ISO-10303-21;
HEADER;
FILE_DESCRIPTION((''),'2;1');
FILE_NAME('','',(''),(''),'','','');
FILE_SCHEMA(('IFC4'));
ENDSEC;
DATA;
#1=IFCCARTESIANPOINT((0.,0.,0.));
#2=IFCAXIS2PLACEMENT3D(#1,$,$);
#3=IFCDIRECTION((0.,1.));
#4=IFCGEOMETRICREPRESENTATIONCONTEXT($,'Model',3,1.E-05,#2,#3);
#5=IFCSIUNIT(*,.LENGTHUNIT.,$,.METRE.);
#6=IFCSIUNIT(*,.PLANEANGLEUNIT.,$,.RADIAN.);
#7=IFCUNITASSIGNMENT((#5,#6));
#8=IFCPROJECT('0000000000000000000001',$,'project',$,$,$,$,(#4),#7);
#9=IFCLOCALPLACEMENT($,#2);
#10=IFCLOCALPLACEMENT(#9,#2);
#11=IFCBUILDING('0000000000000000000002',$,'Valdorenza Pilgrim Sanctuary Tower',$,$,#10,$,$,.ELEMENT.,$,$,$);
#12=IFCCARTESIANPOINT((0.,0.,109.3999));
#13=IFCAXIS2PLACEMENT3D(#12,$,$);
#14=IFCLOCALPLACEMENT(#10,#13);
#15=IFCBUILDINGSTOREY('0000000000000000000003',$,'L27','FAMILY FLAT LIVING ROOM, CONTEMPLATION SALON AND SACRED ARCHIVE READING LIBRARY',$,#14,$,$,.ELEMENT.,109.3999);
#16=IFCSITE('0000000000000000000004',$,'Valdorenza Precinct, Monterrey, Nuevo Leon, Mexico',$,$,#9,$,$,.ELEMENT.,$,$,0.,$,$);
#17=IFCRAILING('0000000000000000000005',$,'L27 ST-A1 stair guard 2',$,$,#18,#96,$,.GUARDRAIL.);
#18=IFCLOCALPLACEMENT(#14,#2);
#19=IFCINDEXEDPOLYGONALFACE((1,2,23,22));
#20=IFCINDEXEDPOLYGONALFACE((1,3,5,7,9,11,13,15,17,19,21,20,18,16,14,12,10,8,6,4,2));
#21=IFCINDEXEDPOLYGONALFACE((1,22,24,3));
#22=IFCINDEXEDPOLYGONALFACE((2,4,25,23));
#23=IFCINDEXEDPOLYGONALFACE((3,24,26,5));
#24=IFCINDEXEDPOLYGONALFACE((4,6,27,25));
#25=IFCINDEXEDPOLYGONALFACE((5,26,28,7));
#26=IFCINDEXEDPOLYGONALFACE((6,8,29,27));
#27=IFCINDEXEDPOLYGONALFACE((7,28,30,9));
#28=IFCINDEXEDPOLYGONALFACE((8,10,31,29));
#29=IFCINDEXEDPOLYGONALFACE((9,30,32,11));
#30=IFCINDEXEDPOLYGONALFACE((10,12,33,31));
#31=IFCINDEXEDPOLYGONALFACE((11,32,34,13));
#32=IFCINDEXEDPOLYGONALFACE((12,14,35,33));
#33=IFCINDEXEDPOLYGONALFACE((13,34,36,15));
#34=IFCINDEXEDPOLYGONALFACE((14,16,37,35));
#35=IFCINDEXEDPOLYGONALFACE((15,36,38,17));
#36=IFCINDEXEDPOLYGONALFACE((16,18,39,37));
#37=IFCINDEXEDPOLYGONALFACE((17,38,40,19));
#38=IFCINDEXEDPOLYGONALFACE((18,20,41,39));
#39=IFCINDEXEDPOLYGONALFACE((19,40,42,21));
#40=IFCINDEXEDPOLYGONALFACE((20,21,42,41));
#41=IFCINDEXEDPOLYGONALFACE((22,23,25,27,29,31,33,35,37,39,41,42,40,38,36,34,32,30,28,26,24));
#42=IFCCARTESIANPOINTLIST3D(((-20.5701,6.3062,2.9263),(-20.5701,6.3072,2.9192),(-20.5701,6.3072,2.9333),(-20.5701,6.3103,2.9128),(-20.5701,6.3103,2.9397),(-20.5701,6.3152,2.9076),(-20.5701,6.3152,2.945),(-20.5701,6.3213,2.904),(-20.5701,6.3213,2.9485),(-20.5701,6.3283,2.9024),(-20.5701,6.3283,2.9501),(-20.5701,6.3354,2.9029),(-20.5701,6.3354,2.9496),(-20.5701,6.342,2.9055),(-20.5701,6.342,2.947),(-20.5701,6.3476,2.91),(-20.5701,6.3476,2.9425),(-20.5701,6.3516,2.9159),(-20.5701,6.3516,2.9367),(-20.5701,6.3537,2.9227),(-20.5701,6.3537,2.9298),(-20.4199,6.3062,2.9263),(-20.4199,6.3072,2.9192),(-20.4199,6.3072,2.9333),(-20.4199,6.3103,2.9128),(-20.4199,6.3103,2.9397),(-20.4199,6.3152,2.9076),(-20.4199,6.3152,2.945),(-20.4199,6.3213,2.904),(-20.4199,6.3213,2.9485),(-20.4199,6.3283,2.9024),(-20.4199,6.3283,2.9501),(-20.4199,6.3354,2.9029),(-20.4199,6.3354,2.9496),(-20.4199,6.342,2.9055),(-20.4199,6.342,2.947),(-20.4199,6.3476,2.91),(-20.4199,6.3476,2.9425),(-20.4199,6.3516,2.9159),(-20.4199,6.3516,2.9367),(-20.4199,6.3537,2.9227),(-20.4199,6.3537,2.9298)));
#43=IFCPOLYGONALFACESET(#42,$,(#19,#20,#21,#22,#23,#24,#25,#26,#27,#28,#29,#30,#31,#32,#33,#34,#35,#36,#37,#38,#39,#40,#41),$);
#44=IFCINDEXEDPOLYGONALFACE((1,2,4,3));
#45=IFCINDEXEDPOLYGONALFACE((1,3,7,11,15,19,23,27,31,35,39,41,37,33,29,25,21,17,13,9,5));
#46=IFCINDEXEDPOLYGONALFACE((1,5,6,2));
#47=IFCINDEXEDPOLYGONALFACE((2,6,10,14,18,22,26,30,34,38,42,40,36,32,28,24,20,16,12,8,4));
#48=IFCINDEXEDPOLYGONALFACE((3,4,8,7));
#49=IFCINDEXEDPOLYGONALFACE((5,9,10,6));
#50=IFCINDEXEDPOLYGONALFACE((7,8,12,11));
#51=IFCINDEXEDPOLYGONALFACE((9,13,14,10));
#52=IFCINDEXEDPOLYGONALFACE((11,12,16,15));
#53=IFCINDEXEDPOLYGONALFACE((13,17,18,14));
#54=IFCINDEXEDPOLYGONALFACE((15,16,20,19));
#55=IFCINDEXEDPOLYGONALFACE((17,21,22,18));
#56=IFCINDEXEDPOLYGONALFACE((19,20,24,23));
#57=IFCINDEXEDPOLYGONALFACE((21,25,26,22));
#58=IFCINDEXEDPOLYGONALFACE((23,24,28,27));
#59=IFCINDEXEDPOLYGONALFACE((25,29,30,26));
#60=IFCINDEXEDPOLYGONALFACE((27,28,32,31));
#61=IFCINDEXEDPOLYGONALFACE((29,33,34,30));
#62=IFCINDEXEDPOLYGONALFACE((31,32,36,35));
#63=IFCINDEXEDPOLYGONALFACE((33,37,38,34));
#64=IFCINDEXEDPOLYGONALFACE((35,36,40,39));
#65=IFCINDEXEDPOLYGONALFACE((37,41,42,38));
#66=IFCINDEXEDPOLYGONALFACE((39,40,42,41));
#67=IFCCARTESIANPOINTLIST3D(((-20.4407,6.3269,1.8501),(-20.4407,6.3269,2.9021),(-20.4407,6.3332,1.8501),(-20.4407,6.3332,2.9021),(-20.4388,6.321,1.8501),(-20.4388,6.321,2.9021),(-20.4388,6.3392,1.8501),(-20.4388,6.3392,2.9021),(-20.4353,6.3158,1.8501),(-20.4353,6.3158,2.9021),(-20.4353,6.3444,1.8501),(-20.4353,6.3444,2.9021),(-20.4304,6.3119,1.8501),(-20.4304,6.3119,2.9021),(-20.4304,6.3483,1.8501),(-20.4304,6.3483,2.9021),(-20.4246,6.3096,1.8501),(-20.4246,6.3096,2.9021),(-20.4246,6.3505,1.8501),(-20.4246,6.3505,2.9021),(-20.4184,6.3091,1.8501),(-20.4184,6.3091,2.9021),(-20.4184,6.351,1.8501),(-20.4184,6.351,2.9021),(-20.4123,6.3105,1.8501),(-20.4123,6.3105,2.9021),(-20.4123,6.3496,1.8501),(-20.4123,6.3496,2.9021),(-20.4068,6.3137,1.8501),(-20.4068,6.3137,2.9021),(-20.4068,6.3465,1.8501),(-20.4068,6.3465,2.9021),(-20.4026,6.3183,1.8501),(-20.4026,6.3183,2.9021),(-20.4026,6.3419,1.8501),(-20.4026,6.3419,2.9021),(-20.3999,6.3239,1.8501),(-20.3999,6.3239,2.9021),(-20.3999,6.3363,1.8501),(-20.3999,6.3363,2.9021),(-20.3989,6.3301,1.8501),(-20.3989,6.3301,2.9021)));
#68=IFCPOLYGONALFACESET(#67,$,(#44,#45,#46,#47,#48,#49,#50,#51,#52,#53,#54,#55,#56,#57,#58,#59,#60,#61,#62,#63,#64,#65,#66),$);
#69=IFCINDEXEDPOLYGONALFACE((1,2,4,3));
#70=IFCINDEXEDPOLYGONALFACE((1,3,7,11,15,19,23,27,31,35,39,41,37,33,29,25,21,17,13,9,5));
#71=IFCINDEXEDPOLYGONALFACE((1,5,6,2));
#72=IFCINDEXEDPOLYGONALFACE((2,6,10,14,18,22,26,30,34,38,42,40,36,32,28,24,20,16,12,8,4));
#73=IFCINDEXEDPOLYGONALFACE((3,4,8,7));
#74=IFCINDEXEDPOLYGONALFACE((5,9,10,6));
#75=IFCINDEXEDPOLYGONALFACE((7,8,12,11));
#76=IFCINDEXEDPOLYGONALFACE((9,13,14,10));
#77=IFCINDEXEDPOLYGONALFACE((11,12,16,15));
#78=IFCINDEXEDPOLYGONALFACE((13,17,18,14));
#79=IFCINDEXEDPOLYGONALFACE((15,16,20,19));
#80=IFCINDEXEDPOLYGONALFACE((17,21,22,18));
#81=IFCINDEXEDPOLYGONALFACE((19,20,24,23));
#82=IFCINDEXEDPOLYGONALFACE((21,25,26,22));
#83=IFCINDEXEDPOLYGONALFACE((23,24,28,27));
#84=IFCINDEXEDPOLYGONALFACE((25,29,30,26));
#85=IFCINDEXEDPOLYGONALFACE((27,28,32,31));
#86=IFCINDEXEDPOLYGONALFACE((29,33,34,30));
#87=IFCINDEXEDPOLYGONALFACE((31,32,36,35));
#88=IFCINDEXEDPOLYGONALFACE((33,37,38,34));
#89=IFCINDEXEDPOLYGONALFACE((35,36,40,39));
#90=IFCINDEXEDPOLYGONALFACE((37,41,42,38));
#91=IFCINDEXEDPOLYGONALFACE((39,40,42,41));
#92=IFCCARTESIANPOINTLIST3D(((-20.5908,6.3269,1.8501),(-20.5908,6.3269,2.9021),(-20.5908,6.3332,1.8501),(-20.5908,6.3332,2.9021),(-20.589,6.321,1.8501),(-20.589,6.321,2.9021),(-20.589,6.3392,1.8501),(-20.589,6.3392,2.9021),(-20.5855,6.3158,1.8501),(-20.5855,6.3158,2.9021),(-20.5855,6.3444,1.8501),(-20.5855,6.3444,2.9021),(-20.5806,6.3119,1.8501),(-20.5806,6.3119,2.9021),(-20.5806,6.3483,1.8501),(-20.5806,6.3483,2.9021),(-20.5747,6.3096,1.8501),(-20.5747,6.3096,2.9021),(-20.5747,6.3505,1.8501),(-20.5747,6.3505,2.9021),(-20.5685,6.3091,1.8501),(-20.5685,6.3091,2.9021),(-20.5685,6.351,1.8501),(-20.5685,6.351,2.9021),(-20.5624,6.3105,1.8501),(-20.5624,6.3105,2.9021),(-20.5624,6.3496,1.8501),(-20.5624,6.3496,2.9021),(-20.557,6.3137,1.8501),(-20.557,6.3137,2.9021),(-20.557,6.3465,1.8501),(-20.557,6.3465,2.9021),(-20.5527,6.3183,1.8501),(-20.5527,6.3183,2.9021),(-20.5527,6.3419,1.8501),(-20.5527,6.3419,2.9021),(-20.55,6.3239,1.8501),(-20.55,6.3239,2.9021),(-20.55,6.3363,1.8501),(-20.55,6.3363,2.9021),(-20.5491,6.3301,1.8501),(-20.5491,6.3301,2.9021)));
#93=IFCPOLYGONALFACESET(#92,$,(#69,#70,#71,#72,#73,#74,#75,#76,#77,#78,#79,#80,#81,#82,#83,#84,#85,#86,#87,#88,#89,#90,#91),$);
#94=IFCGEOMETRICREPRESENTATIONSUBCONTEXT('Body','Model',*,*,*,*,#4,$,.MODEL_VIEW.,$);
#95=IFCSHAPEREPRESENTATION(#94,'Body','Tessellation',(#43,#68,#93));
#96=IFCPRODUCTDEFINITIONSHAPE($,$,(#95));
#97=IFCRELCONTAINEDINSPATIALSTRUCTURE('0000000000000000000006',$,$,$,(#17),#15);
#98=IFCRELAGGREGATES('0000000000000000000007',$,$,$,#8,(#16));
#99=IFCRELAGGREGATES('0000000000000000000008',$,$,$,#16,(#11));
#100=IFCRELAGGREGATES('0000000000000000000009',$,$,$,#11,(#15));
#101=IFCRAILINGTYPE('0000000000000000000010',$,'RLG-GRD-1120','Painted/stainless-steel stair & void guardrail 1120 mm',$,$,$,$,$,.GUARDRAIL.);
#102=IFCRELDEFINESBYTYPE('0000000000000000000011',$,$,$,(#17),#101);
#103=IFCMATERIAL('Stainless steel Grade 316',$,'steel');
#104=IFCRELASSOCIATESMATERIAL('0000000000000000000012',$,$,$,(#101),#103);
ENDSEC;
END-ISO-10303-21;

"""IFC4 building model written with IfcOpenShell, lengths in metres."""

from ifc_helpers import new_model, si_unit, direction, frame, origin, origin_2d, place, context, subcontext, project, spatial, circle, extrude, material, type_object, element, save


model = new_model("IFC4")

# Units and contexts
model_context = context("Model", 3, precision=1e-05, world=origin(), true_north=direction((0.0, 1.0)))
body_context = subcontext(model_context, "Body", "Model", "MODEL_VIEW")
ifc_project = project(units=[si_unit("LENGTHUNIT", "METRE"), si_unit("PLANEANGLEUNIT", "RADIAN")], contexts=[model_context])

# Site, building, storey
site_placement = place(None, origin())
site = spatial("IfcSite", under=ifc_project, at=site_placement, Name="Valdorenza Precinct, Monterrey, Nuevo Leon, Mexico", CompositionType="ELEMENT", RefElevation=0.0)
building_placement = place(site_placement, origin())
building = spatial("IfcBuilding", under=site, at=building_placement, Name="Valdorenza Pilgrim Sanctuary Tower", CompositionType="ELEMENT")
storey_placement = place(building_placement, frame((0.0, 0.0, 109.3999)))
storey = spatial("IfcBuildingStorey", under=building, at=storey_placement, Name="L27", Description="FAMILY FLAT LIVING ROOM, CONTEMPLATION SALON AND SACRED ARCHIVE READING LIBRARY", CompositionType="ELEMENT", Elevation=109.3999)

# Railing
ifc_material_1 = material(Name="Stainless steel Grade 316", Category="steel")
railing_type_1 = type_object("IfcRailingType", Name="RLG-GRD-1120", Description="Painted/stainless-steel stair & void guardrail 1120 mm", PredefinedType="GUARDRAIL", material=ifc_material_1)
railing_1_placement = place(storey_placement, frame((-20.4199, 6.3301, 1.8501)))
element("IfcRailing", 1, at=railing_1_placement, inside=storey, type_object=railing_type_1, Name="L27 ST-A1 stair guard 2", PredefinedType="GUARDRAIL", context=body_context, shape_type="SweptSolid", body=[
    extrude(circle(Radius=0.0239, at=origin_2d()), frame((0.0, 0.0, 1.0762), z_axis=(-1.0, 0.0, 0.0), x_axis=(0.0, -1.0, 0.0)), (0.0, 0.0, 1.0), 0.1501),
    extrude(circle(Radius=0.021, at=origin_2d()), origin(), (0.0, 0.0, 1.0), 1.052),
    extrude(circle(Radius=0.021, at=origin_2d()), frame((-0.1501, 0.0, 0.0)), (0.0, 0.0, 1.0), 1.052),
])

save(model, "model.ifc")
